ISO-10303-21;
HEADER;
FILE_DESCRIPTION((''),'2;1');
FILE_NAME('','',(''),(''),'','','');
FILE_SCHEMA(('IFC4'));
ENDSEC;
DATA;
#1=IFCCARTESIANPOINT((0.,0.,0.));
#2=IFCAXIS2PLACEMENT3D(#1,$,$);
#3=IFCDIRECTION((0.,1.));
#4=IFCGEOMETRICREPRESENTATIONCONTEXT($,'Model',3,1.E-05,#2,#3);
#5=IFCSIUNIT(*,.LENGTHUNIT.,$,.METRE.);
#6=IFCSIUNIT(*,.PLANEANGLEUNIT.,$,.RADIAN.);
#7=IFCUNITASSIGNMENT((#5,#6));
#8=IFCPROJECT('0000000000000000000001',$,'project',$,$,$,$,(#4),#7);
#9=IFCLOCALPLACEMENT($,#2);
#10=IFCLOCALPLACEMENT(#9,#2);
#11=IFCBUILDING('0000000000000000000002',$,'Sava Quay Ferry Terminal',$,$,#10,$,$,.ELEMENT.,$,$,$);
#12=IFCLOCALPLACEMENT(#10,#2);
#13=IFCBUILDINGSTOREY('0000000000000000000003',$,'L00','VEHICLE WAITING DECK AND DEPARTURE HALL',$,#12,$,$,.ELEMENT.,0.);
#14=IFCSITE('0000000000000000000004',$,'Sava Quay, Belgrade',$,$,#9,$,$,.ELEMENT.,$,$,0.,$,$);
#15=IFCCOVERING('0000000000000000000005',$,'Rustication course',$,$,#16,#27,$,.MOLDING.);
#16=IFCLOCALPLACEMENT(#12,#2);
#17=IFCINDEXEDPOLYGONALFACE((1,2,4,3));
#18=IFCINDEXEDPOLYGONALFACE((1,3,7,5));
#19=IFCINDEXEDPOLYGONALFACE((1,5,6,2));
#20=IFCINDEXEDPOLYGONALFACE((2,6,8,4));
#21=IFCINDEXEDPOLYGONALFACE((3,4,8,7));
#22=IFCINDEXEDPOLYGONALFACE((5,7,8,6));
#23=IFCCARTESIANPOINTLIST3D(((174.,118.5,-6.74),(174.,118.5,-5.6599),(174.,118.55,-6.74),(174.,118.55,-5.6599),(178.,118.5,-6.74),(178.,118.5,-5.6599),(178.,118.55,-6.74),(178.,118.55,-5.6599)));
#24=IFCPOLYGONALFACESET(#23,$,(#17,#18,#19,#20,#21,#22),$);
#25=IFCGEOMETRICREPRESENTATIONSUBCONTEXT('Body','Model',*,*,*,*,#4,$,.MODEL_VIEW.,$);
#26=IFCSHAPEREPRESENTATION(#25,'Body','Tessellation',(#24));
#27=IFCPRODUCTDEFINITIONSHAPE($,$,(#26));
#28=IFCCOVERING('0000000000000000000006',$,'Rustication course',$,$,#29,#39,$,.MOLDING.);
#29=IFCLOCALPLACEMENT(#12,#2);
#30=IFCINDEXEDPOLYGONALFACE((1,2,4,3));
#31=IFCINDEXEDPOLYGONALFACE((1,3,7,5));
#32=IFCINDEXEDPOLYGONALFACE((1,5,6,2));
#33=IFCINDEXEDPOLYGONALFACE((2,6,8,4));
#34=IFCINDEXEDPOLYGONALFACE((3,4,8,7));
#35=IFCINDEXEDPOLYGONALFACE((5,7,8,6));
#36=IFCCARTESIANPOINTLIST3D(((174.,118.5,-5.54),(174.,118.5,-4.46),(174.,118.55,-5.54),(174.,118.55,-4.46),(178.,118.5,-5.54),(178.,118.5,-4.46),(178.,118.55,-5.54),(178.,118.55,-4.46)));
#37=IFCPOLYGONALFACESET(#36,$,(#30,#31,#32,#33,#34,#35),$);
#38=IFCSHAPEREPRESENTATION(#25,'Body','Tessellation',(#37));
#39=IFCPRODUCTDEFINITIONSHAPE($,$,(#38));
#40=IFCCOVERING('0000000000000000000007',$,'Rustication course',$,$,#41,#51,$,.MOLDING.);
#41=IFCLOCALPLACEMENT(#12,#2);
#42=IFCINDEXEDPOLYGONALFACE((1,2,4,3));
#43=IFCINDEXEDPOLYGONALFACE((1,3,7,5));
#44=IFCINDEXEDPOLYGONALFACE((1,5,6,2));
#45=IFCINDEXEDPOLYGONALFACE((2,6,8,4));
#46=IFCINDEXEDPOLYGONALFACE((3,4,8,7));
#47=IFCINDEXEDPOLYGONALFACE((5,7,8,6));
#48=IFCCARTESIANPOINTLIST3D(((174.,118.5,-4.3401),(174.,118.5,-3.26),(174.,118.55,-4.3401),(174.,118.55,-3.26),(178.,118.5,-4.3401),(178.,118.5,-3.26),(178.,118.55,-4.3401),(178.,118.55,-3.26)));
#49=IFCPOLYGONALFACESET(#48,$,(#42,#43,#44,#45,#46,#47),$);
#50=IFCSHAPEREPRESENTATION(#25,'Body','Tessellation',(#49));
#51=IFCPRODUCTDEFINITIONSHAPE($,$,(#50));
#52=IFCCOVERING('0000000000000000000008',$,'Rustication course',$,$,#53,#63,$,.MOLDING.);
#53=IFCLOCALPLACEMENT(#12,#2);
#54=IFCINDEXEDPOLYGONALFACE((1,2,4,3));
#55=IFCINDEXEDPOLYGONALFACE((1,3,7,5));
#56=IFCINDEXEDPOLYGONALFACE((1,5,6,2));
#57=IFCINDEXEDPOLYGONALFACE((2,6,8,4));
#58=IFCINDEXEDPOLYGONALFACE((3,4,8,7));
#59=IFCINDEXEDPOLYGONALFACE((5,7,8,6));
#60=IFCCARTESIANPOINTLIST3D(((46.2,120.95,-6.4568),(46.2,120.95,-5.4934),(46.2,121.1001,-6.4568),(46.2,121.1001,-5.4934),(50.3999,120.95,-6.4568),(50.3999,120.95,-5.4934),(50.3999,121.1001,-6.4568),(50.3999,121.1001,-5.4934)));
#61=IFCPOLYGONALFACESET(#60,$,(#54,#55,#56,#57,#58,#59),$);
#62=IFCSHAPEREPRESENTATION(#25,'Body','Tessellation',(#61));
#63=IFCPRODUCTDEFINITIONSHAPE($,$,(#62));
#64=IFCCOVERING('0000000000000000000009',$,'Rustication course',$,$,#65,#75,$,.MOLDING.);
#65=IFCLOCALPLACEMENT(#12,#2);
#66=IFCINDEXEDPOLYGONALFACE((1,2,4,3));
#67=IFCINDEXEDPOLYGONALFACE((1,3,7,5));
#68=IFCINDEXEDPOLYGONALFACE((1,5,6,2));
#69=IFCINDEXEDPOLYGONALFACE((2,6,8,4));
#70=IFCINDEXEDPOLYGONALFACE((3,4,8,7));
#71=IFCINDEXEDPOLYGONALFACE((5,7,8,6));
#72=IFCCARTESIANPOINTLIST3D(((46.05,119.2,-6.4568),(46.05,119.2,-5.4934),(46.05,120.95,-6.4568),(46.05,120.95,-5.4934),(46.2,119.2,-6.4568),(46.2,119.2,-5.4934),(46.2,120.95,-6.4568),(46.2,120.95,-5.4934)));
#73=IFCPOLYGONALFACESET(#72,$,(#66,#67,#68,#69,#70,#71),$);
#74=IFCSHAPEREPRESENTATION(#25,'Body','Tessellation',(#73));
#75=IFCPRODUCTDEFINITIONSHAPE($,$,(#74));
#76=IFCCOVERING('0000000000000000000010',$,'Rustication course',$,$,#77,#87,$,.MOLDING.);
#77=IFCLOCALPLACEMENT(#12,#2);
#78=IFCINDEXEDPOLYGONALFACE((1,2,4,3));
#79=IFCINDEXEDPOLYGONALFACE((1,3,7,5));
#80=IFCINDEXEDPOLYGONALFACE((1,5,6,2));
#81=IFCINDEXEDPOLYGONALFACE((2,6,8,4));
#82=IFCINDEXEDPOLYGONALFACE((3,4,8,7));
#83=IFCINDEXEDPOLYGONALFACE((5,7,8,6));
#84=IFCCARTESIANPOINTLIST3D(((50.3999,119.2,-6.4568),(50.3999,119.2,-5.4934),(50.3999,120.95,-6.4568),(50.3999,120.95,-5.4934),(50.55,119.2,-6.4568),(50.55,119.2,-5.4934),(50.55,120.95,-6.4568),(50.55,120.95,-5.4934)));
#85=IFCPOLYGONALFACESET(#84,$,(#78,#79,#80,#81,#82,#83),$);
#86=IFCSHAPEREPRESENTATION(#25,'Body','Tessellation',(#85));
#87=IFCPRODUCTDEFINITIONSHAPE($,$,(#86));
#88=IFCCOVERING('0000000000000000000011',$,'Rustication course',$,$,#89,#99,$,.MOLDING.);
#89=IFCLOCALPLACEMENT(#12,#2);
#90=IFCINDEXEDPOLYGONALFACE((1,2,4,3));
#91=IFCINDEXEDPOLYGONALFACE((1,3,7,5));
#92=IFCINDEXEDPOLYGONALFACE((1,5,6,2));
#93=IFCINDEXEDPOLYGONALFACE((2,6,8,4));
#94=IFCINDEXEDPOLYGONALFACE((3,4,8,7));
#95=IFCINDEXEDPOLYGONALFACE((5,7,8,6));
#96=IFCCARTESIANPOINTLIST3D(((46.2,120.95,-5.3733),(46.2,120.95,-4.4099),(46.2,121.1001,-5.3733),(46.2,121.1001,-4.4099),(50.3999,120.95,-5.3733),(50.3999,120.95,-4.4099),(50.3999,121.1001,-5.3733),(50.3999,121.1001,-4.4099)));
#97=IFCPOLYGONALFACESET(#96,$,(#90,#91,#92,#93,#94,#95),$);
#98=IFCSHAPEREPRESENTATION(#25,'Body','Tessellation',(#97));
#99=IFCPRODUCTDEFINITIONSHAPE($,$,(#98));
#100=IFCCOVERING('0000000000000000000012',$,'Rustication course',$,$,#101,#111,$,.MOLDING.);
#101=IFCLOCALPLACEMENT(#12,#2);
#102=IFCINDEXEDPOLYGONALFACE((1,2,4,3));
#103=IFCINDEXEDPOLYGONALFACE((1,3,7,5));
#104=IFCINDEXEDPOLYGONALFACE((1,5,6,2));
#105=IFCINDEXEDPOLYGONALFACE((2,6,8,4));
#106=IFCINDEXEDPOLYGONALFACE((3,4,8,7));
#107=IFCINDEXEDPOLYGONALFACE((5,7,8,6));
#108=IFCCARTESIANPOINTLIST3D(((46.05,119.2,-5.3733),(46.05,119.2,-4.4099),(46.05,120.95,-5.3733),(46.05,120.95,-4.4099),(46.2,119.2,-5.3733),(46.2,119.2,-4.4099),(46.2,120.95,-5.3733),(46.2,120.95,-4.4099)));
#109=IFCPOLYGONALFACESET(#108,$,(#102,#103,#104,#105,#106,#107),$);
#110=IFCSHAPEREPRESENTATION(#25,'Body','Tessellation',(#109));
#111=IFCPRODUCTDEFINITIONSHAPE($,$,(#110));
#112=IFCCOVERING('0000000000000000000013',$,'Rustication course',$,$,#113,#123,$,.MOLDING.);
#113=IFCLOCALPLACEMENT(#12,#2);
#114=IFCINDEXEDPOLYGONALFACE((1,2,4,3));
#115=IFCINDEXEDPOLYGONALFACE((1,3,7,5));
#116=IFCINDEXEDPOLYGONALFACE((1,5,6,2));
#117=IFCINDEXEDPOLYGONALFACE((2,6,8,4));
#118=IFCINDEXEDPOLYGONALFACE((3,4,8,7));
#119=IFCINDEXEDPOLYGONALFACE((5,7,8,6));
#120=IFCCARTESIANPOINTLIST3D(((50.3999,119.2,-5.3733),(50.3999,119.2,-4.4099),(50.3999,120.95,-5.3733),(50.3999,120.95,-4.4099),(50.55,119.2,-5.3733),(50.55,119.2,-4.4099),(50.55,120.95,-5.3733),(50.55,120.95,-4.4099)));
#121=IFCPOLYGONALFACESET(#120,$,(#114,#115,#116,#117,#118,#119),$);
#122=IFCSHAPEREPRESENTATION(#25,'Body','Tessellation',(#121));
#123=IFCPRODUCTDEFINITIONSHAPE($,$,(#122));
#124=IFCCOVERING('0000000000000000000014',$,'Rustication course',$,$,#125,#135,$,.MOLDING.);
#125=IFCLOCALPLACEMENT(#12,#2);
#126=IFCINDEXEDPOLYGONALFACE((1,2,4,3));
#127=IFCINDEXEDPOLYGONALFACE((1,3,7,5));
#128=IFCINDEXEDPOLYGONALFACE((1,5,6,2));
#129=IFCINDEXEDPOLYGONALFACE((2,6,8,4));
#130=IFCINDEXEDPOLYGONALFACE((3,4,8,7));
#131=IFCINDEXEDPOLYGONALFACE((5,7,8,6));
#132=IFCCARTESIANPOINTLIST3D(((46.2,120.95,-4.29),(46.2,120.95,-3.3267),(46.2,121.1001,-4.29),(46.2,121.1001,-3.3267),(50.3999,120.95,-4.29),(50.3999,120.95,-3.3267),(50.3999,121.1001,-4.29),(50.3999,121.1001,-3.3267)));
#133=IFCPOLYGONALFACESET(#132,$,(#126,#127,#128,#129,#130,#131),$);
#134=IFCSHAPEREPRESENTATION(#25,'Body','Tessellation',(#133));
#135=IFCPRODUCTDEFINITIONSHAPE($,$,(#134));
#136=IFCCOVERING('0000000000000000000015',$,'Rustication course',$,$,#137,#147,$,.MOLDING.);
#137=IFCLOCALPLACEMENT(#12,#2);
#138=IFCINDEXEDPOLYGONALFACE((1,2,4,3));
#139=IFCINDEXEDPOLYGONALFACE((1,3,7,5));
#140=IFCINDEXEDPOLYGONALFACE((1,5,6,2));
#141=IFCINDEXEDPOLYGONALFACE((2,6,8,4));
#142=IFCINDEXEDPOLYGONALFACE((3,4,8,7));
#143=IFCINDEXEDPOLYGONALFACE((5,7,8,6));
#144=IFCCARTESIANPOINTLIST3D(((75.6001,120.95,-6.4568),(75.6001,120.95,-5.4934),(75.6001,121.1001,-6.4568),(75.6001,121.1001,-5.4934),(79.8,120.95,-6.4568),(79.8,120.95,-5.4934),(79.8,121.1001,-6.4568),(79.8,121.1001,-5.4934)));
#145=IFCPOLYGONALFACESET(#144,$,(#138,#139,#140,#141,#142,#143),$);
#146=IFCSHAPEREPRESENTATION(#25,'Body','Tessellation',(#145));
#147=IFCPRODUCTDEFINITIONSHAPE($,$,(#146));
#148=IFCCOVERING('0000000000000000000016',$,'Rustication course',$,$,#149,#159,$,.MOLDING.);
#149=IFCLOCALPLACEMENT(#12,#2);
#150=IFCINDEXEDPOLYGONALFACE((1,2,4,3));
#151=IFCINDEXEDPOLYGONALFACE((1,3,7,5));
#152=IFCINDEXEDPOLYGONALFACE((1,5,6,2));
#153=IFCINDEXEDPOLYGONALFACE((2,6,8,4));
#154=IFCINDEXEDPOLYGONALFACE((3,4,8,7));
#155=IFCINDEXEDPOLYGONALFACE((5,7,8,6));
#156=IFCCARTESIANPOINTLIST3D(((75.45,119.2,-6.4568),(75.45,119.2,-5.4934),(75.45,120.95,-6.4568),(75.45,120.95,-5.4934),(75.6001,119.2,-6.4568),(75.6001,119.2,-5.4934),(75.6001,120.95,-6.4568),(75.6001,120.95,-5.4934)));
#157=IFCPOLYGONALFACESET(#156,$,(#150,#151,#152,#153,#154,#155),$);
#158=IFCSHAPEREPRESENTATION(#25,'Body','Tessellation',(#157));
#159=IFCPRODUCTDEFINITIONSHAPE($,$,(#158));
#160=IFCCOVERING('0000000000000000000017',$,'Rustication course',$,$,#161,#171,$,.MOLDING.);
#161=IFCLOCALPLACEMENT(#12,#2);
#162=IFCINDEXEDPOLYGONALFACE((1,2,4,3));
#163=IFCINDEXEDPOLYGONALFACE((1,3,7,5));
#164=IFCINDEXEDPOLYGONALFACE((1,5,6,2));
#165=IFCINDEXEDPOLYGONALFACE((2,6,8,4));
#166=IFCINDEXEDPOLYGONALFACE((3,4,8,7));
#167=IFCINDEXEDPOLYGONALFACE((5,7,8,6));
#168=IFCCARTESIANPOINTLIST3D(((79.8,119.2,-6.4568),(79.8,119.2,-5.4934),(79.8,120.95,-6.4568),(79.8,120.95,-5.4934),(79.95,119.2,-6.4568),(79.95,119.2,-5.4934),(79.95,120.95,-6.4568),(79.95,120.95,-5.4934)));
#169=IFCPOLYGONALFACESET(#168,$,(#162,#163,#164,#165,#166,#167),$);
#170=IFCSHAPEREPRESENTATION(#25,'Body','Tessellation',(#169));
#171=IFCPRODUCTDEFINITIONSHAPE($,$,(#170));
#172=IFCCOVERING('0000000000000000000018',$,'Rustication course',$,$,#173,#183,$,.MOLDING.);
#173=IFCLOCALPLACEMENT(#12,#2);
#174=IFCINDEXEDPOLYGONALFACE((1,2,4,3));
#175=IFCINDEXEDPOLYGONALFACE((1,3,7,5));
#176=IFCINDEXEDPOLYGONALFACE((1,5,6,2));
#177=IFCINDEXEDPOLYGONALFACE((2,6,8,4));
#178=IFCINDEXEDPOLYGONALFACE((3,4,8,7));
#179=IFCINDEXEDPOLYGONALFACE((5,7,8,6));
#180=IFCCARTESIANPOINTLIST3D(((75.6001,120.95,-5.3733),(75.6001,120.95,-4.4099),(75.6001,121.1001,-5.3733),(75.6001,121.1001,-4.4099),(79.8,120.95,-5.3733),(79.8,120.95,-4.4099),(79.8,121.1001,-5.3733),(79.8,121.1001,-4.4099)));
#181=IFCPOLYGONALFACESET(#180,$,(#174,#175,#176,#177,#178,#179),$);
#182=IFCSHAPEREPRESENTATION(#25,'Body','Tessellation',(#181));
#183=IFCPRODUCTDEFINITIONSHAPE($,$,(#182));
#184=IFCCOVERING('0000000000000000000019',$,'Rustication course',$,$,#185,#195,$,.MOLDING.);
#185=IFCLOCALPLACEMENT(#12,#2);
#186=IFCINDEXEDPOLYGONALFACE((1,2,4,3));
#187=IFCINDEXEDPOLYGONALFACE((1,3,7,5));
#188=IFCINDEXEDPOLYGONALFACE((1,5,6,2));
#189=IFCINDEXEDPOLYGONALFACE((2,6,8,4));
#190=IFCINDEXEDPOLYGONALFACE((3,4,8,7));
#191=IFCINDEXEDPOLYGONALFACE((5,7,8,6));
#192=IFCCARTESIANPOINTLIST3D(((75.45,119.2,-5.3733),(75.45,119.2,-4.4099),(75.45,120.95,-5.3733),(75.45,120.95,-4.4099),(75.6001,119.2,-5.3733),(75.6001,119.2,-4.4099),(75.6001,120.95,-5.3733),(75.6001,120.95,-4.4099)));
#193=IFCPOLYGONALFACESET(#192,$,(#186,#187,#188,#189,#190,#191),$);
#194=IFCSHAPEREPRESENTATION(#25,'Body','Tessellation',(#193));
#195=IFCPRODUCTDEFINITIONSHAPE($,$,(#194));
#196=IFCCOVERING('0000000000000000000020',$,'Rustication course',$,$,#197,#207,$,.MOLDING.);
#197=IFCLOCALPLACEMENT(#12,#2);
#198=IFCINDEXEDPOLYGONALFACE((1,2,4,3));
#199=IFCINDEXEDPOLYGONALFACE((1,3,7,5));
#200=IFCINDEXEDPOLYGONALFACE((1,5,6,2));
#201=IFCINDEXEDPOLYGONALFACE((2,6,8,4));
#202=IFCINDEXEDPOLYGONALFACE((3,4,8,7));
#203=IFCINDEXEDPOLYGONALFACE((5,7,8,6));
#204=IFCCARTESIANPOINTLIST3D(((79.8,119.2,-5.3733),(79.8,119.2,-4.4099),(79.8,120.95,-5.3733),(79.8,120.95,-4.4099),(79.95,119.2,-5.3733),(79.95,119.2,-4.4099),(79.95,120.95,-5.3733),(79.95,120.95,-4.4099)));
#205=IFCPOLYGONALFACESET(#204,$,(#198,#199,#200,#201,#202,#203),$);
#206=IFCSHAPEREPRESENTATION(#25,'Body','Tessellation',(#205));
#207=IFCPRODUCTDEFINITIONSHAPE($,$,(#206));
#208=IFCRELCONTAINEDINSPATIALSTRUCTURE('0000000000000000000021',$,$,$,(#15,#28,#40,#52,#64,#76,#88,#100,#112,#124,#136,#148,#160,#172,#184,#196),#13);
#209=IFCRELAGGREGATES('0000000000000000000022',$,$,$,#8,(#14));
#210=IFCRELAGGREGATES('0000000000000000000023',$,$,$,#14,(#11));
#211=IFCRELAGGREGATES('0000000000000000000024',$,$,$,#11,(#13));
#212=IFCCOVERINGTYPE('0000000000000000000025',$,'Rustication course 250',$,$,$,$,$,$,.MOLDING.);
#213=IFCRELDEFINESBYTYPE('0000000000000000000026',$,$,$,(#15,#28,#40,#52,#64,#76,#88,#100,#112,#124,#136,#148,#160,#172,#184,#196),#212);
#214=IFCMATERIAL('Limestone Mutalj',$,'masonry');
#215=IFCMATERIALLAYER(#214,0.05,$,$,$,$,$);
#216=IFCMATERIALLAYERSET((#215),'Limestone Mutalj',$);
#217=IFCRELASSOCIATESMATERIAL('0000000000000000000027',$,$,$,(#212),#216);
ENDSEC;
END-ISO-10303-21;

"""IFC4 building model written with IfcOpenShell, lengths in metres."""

from ifc_helpers import new_model, si_unit, direction, frame, origin, place, context, subcontext, project, spatial, polyline, outline, extrude, material, layer, layer_set, type_object, element, save


model = new_model("IFC4")

# Units and contexts
model_context = context("Model", 3, precision=1e-05, world=origin(), true_north=direction((0.0, 1.0)))
body_context = subcontext(model_context, "Body", "Model", "MODEL_VIEW")
ifc_project = project(units=[si_unit("LENGTHUNIT", "METRE"), si_unit("PLANEANGLEUNIT", "RADIAN")], contexts=[model_context])

# Site, building, storey
site_placement = place(None, origin())
site = spatial("IfcSite", under=ifc_project, at=site_placement, Name="Sava Quay, Belgrade", CompositionType="ELEMENT", RefElevation=0.0)
building_placement = place(site_placement, origin())
building = spatial("IfcBuilding", under=site, at=building_placement, Name="Sava Quay Ferry Terminal", CompositionType="ELEMENT")
storey_placement = place(building_placement, origin())
storey = spatial("IfcBuildingStorey", under=building, at=storey_placement, Name="L00", Description="VEHICLE WAITING DECK AND DEPARTURE HALL", CompositionType="ELEMENT", Elevation=0.0)

# Coverings
ifc_material = material(Name="Limestone Mutalj", Category="masonry")
ifc_layer = layer(ifc_material, 0.05)
ifc_layer_set = layer_set([ifc_layer], Name="Limestone Mutalj")
covering_type = type_object("IfcCoveringType", Name="Rustication course 250", PredefinedType="MOLDING", material=ifc_layer_set)
for number, where, name in (
    (1, (0.0, 0.0, -6.74), "Rustication course"),
    (2, (0.0, 0.0, -5.54), "Rustication course"),
    (3, (0.0, 0.0, -4.3401), "Rustication course"),
):
    element("IfcCovering", number, at=place(storey_placement, frame(where)), inside=storey, type_object=covering_type, Name=name, PredefinedType="MOLDING", context=body_context, shape_type="SweptSolid", body=[
        extrude(outline(polyline([(178.0, 118.5), (178.0, 118.55), (174.0, 118.55), (174.0, 118.5), (178.0, 118.5)])), origin(), (0.0, 0.0, 1.0), 1.0801),
    ])
covering_1_placement = place(storey_placement, frame((0.0, 0.0, -6.4568)))
element("IfcCovering", 4, at=covering_1_placement, inside=storey, type_object=covering_type, Name="Rustication course", PredefinedType="MOLDING", context=body_context, shape_type="SweptSolid", body=[
    extrude(outline(polyline([(46.2, 120.95), (50.3999, 120.95), (50.3999, 121.1001), (46.2, 121.1001), (46.2, 120.95)])), origin(), (0.0, 0.0, 1.0), 0.9634),
])
covering_2_placement = place(storey_placement, frame((0.0, 0.0, -6.4568)))
element("IfcCovering", 5, at=covering_2_placement, inside=storey, type_object=covering_type, Name="Rustication course", PredefinedType="MOLDING", context=body_context, shape_type="SweptSolid", body=[
    extrude(outline(polyline([(46.05, 119.2), (46.2, 119.2), (46.2, 120.95), (46.05, 120.95), (46.05, 119.2)])), origin(), (0.0, 0.0, 1.0), 0.9634),
])
covering_3_placement = place(storey_placement, frame((0.0, 0.0, -6.4568)))
element("IfcCovering", 6, at=covering_3_placement, inside=storey, type_object=covering_type, Name="Rustication course", PredefinedType="MOLDING", context=body_context, shape_type="SweptSolid", body=[
    extrude(outline(polyline([(50.3999, 119.2), (50.55, 119.2), (50.55, 120.95), (50.3999, 120.95), (50.3999, 119.2)])), origin(), (0.0, 0.0, 1.0), 0.9634),
])
covering_4_placement = place(storey_placement, frame((0.0, 0.0, -5.3733)))
element("IfcCovering", 7, at=covering_4_placement, inside=storey, type_object=covering_type, Name="Rustication course", PredefinedType="MOLDING", context=body_context, shape_type="SweptSolid", body=[
    extrude(outline(polyline([(46.2, 120.95), (50.3999, 120.95), (50.3999, 121.1001), (46.2, 121.1001), (46.2, 120.95)])), origin(), (0.0, 0.0, 1.0), 0.9634),
])
covering_5_placement = place(storey_placement, frame((0.0, 0.0, -5.3733)))
element("IfcCovering", 8, at=covering_5_placement, inside=storey, type_object=covering_type, Name="Rustication course", PredefinedType="MOLDING", context=body_context, shape_type="SweptSolid", body=[
    extrude(outline(polyline([(46.05, 119.2), (46.2, 119.2), (46.2, 120.95), (46.05, 120.95), (46.05, 119.2)])), origin(), (0.0, 0.0, 1.0), 0.9634),
])
covering_6_placement = place(storey_placement, frame((0.0, 0.0, -5.3733)))
element("IfcCovering", 9, at=covering_6_placement, inside=storey, type_object=covering_type, Name="Rustication course", PredefinedType="MOLDING", context=body_context, shape_type="SweptSolid", body=[
    extrude(outline(polyline([(50.3999, 119.2), (50.55, 119.2), (50.55, 120.95), (50.3999, 120.95), (50.3999, 119.2)])), origin(), (0.0, 0.0, 1.0), 0.9634),
])
covering_7_placement = place(storey_placement, frame((0.0, 0.0, -4.29)))
element("IfcCovering", 10, at=covering_7_placement, inside=storey, type_object=covering_type, Name="Rustication course", PredefinedType="MOLDING", context=body_context, shape_type="SweptSolid", body=[
    extrude(outline(polyline([(46.2, 120.95), (50.3999, 120.95), (50.3999, 121.1001), (46.2, 121.1001), (46.2, 120.95)])), origin(), (0.0, 0.0, 1.0), 0.9634),
])
covering_8_placement = place(storey_placement, frame((0.0, 0.0, -6.4568)))
element("IfcCovering", 11, at=covering_8_placement, inside=storey, type_object=covering_type, Name="Rustication course", PredefinedType="MOLDING", context=body_context, shape_type="SweptSolid", body=[
    extrude(outline(polyline([(75.6001, 120.95), (79.8, 120.95), (79.8, 121.1001), (75.6001, 121.1001), (75.6001, 120.95)])), origin(), (0.0, 0.0, 1.0), 0.9634),
])
covering_9_placement = place(storey_placement, frame((0.0, 0.0, -6.4568)))
element("IfcCovering", 12, at=covering_9_placement, inside=storey, type_object=covering_type, Name="Rustication course", PredefinedType="MOLDING", context=body_context, shape_type="SweptSolid", body=[
    extrude(outline(polyline([(75.45, 119.2), (75.6001, 119.2), (75.6001, 120.95), (75.45, 120.95), (75.45, 119.2)])), origin(), (0.0, 0.0, 1.0), 0.9634),
])
covering_10_placement = place(storey_placement, frame((0.0, 0.0, -6.4568)))
element("IfcCovering", 13, at=covering_10_placement, inside=storey, type_object=covering_type, Name="Rustication course", PredefinedType="MOLDING", context=body_context, shape_type="SweptSolid", body=[
    extrude(outline(polyline([(79.8, 119.2), (79.95, 119.2), (79.95, 120.95), (79.8, 120.95), (79.8, 119.2)])), origin(), (0.0, 0.0, 1.0), 0.9634),
])
covering_11_placement = place(storey_placement, frame((0.0, 0.0, -5.3733)))
element("IfcCovering", 14, at=covering_11_placement, inside=storey, type_object=covering_type, Name="Rustication course", PredefinedType="MOLDING", context=body_context, shape_type="SweptSolid", body=[
    extrude(outline(polyline([(75.6001, 120.95), (79.8, 120.95), (79.8, 121.1001), (75.6001, 121.1001), (75.6001, 120.95)])), origin(), (0.0, 0.0, 1.0), 0.9634),
])
covering_12_placement = place(storey_placement, frame((0.0, 0.0, -5.3733)))
element("IfcCovering", 15, at=covering_12_placement, inside=storey, type_object=covering_type, Name="Rustication course", PredefinedType="MOLDING", context=body_context, shape_type="SweptSolid", body=[
    extrude(outline(polyline([(75.45, 119.2), (75.6001, 119.2), (75.6001, 120.95), (75.45, 120.95), (75.45, 119.2)])), origin(), (0.0, 0.0, 1.0), 0.9634),
])
covering_13_placement = place(storey_placement, frame((0.0, 0.0, -5.3733)))
element("IfcCovering", 16, at=covering_13_placement, inside=storey, type_object=covering_type, Name="Rustication course", PredefinedType="MOLDING", context=body_context, shape_type="SweptSolid", body=[
    extrude(outline(polyline([(79.8, 119.2), (79.95, 119.2), (79.95, 120.95), (79.8, 120.95), (79.8, 119.2)])), origin(), (0.0, 0.0, 1.0), 0.9634),
])

save(model, "model.ifc")
